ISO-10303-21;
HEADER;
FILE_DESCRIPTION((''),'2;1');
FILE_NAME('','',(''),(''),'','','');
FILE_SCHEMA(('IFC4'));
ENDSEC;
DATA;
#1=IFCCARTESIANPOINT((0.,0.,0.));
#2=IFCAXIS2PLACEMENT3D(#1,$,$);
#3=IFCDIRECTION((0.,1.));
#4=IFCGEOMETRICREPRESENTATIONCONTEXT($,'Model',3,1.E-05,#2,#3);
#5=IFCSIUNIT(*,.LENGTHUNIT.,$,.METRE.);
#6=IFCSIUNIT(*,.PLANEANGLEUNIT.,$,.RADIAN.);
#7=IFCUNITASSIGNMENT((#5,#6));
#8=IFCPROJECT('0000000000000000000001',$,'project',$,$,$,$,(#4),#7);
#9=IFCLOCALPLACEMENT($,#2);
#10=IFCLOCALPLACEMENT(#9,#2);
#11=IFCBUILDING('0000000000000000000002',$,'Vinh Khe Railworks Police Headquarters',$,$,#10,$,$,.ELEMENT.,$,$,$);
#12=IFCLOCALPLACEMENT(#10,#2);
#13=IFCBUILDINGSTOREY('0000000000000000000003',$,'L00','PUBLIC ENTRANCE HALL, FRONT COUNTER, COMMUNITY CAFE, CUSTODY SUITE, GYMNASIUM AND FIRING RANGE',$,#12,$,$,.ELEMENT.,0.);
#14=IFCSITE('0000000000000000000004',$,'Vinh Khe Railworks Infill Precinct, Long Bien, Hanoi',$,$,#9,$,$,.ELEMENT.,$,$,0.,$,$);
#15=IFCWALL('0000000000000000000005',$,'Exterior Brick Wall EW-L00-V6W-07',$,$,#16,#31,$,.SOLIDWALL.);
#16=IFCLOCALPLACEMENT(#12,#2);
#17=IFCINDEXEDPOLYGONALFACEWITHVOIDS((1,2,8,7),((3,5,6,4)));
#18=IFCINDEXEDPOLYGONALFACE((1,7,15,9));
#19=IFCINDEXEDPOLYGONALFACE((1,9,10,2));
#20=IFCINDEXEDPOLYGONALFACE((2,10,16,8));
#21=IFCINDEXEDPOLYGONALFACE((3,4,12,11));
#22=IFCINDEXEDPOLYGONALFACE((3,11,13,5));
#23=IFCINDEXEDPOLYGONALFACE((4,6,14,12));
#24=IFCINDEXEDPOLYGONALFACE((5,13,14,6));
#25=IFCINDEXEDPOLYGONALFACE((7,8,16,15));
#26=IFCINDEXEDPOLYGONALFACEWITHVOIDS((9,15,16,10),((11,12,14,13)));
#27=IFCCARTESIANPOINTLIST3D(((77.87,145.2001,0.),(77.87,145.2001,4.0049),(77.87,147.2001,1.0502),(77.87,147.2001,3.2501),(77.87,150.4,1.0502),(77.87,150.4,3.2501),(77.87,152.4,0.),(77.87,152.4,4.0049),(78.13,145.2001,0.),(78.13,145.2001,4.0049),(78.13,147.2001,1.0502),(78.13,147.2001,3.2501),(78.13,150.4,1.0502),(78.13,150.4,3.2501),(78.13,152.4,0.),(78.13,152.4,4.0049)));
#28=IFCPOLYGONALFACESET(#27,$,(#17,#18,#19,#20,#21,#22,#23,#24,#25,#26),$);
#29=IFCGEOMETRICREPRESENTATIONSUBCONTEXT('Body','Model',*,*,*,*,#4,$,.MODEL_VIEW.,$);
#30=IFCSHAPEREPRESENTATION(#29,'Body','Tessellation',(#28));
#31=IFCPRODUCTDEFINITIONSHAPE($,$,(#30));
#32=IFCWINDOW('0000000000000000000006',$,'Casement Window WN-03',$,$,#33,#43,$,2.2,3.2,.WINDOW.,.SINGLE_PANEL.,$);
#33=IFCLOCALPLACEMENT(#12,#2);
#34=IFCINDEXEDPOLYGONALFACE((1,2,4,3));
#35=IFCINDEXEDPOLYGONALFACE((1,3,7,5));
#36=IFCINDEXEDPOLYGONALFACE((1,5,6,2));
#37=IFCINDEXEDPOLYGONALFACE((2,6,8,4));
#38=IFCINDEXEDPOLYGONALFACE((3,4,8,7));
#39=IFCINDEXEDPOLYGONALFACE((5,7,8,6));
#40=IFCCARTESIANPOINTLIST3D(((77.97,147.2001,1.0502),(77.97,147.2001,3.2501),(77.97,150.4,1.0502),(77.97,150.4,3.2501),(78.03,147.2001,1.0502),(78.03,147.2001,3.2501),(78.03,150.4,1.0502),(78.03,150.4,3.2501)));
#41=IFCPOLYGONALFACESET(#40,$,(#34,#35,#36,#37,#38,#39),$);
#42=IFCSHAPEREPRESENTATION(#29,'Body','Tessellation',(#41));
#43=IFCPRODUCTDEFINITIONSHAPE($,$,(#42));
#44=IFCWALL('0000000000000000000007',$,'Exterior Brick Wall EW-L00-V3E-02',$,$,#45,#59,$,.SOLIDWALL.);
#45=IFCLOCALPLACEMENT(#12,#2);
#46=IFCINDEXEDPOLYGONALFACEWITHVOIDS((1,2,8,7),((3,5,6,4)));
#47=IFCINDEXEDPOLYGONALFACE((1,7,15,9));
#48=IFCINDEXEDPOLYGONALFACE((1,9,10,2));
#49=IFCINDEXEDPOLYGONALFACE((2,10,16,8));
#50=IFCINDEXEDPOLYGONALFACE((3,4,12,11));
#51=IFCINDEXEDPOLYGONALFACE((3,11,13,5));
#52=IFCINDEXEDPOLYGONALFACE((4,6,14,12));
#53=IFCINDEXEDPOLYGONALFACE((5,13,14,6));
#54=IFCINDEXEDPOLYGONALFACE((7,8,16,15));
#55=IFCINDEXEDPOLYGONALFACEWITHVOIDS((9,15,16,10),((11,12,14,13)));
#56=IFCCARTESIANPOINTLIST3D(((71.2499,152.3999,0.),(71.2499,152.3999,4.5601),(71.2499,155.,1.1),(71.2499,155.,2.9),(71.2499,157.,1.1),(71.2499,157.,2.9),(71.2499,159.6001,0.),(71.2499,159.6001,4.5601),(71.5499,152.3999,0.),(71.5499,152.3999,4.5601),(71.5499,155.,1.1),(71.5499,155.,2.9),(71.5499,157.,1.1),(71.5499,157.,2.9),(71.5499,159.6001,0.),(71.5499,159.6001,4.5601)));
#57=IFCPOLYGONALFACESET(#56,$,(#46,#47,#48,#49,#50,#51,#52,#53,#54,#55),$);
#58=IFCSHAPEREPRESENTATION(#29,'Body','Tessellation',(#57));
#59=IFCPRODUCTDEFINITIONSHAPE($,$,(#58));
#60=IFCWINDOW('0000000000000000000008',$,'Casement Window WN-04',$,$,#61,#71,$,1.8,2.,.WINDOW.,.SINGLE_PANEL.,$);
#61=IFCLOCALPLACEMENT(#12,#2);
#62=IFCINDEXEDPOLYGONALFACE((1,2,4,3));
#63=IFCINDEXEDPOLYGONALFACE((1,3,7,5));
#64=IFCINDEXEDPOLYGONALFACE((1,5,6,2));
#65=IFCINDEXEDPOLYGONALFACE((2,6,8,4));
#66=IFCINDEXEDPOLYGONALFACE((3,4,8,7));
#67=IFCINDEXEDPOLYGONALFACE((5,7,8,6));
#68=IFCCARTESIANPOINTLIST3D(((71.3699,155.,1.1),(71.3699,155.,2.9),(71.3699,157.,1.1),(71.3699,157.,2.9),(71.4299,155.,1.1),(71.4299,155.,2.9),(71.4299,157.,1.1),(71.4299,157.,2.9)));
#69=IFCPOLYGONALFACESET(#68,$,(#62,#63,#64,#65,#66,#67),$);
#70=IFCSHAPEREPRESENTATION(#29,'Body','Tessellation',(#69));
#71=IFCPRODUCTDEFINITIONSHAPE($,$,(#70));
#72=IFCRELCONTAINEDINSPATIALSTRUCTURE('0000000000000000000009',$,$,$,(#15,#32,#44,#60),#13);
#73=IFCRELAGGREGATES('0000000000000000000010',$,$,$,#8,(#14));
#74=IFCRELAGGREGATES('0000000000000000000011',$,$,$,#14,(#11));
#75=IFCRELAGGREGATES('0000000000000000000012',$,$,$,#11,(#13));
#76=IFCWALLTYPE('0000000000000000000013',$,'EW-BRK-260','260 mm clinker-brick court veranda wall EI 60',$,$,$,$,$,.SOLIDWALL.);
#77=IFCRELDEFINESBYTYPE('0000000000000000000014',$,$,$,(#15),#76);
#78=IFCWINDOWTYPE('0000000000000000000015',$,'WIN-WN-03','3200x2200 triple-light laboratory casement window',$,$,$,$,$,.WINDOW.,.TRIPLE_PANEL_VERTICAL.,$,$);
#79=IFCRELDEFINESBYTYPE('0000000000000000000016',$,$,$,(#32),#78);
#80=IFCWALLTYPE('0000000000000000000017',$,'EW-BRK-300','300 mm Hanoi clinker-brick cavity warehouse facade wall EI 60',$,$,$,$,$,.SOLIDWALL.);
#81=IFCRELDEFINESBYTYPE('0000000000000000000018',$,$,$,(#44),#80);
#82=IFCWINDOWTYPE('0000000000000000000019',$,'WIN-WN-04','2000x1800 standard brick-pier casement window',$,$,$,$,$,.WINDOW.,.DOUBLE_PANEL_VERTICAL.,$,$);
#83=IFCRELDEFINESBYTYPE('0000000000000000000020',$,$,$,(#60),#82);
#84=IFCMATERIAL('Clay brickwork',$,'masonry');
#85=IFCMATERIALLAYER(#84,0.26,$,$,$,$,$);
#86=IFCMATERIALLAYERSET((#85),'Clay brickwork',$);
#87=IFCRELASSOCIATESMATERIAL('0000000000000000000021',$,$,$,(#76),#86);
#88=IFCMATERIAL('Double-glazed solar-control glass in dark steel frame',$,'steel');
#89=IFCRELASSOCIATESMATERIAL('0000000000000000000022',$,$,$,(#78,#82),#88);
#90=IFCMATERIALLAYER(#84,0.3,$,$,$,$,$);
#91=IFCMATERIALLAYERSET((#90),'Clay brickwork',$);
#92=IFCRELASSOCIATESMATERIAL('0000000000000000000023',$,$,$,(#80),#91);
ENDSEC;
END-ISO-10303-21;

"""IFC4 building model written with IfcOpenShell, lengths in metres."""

from ifc_helpers import new_model, si_unit, direction, frame, frame_2d, origin, place, context, subcontext, project, spatial, rectangle, extrude, material, layer, layer_set, type_object, element, fill, save


model = new_model("IFC4")

# Units and contexts
model_context = context("Model", 3, precision=1e-05, world=origin(), true_north=direction((0.0, 1.0)))
body_context = subcontext(model_context, "Body", "Model", "MODEL_VIEW")
ifc_project = project(units=[si_unit("LENGTHUNIT", "METRE"), si_unit("PLANEANGLEUNIT", "RADIAN")], contexts=[model_context])

# Site, building, storey
site_placement = place(None, origin())
site = spatial("IfcSite", under=ifc_project, at=site_placement, Name="Vinh Khe Railworks Infill Precinct, Long Bien, Hanoi", CompositionType="ELEMENT", RefElevation=0.0)
building_placement = place(site_placement, origin())
building = spatial("IfcBuilding", under=site, at=building_placement, Name="Vinh Khe Railworks Police Headquarters", CompositionType="ELEMENT")
storey_placement = place(building_placement, origin())
storey = spatial("IfcBuildingStorey", under=building, at=storey_placement, Name="L00", Description="PUBLIC ENTRANCE HALL, FRONT COUNTER, COMMUNITY CAFE, CUSTODY SUITE, GYMNASIUM AND FIRING RANGE", CompositionType="ELEMENT", Elevation=0.0)

# Walls, openings, windows
ifc_material_1 = material(Name="Clay brickwork", Category="masonry")
ifc_layer_1 = layer(ifc_material_1, 0.26)
ifc_layer_set_1 = layer_set([ifc_layer_1], Name="Clay brickwork")
wall_type_1 = type_object("IfcWallType", Name="EW-BRK-260", Description="260 mm clinker-brick court veranda wall EI 60", PredefinedType="SOLIDWALL", material=ifc_layer_set_1)
wall_1_placement = place(storey_placement, frame((78.0, 145.2, 0.0), z_axis=(0.0, 0.0, 1.0), x_axis=(0.0, 1.0, 0.0)))
wall_1 = element("IfcWall", 1, at=wall_1_placement, inside=storey, type_object=wall_type_1, Name="Exterior Brick Wall EW-L00-V6W-07", PredefinedType="SOLIDWALL", context=body_context, shape_type="SweptSolid", body=[
    extrude(rectangle(XDim=7.2, YDim=0.26, at=frame_2d((3.6001, 0.0))), origin(), (0.0, 0.0, 1.0), 4.0049),
])
opening_1_placement = place(wall_1_placement, frame((2.0, 0.0, 1.05)))
opening_1 = element("IfcOpeningElement", 2, at=opening_1_placement, cuts=wall_1, PredefinedType="OPENING", context=body_context, shape_type="SweptSolid", body=[
    extrude(rectangle(XDim=3.2, YDim=2.2, at=frame_2d((1.6001, 1.1001))), frame((0.0, 0.145, 0.0), z_axis=(0.0, -1.0, 0.0), x_axis=(1.0, 0.0, 0.0)), (0.0, 0.0, 1.0), 0.2898),
])
ifc_material_2 = material(Name="Double-glazed solar-control glass in dark steel frame", Category="steel")
window_type_1 = type_object("IfcWindowType", Name="WIN-WN-03", Description="3200x2200 triple-light laboratory casement window", PartitioningType="TRIPLE_PANEL_VERTICAL", PredefinedType="WINDOW", material=ifc_material_2)
window_1_placement = place(opening_1_placement, origin())
window_1 = element("IfcWindow", 3, at=window_1_placement, inside=storey, type_object=window_type_1, Name="Casement Window WN-03", OverallHeight=2.2, OverallWidth=3.2, PartitioningType="SINGLE_PANEL", PredefinedType="WINDOW", context=body_context, shape_type="SweptSolid", body=[
    extrude(rectangle(XDim=3.2, YDim=2.2, at=frame_2d((1.6001, 1.1001))), frame((0.0, 0.03, 0.0), z_axis=(0.0, -1.0, 0.0), x_axis=(1.0, 0.0, 0.0)), (0.0, 0.0, 1.0), 0.0601),
])
fill(opening_1, window_1)
ifc_layer_2 = layer(ifc_material_1, 0.3)
ifc_layer_set_2 = layer_set([ifc_layer_2], Name="Clay brickwork")
wall_type_2 = type_object("IfcWallType", Name="EW-BRK-300", Description="300 mm Hanoi clinker-brick cavity warehouse facade wall EI 60", PredefinedType="SOLIDWALL", material=ifc_layer_set_2)
wall_2_placement = place(storey_placement, frame((71.3999, 152.3999, 0.0), z_axis=(0.0, 0.0, 1.0), x_axis=(0.0, 1.0, 0.0)))
wall_2 = element("IfcWall", 4, at=wall_2_placement, inside=storey, type_object=wall_type_2, Name="Exterior Brick Wall EW-L00-V3E-02", PredefinedType="SOLIDWALL", context=body_context, shape_type="SweptSolid", body=[
    extrude(rectangle(XDim=7.2002, YDim=0.3, at=frame_2d((3.6001, 0.0))), origin(), (0.0, 0.0, 1.0), 4.5601),
])
opening_2_placement = place(wall_2_placement, frame((2.6001, 0.0, 1.1001)))
opening_2 = element("IfcOpeningElement", 5, at=opening_2_placement, cuts=wall_2, PredefinedType="OPENING", context=body_context, shape_type="SweptSolid", body=[
    extrude(rectangle(XDim=2.0, YDim=1.8, at=frame_2d((1.0, 0.8999))), frame((0.0, 0.165, 0.0), z_axis=(0.0, -1.0, 0.0), x_axis=(1.0, 0.0, 0.0)), (0.0, 0.0, 1.0), 0.3298),
])
window_type_2 = type_object("IfcWindowType", Name="WIN-WN-04", Description="2000x1800 standard brick-pier casement window", PartitioningType="DOUBLE_PANEL_VERTICAL", PredefinedType="WINDOW", material=ifc_material_2)
window_2_placement = place(opening_2_placement, origin())
window_2 = element("IfcWindow", 6, at=window_2_placement, inside=storey, type_object=window_type_2, Name="Casement Window WN-04", OverallHeight=1.8, OverallWidth=2.0, PartitioningType="SINGLE_PANEL", PredefinedType="WINDOW", context=body_context, shape_type="SweptSolid", body=[
    extrude(rectangle(XDim=2.0, YDim=1.8, at=frame_2d((1.0, 0.8999))), frame((0.0, 0.03, 0.0), z_axis=(0.0, -1.0, 0.0), x_axis=(1.0, 0.0, 0.0)), (0.0, 0.0, 1.0), 0.0601),
])
fill(opening_2, window_2)

save(model, "model.ifc")
